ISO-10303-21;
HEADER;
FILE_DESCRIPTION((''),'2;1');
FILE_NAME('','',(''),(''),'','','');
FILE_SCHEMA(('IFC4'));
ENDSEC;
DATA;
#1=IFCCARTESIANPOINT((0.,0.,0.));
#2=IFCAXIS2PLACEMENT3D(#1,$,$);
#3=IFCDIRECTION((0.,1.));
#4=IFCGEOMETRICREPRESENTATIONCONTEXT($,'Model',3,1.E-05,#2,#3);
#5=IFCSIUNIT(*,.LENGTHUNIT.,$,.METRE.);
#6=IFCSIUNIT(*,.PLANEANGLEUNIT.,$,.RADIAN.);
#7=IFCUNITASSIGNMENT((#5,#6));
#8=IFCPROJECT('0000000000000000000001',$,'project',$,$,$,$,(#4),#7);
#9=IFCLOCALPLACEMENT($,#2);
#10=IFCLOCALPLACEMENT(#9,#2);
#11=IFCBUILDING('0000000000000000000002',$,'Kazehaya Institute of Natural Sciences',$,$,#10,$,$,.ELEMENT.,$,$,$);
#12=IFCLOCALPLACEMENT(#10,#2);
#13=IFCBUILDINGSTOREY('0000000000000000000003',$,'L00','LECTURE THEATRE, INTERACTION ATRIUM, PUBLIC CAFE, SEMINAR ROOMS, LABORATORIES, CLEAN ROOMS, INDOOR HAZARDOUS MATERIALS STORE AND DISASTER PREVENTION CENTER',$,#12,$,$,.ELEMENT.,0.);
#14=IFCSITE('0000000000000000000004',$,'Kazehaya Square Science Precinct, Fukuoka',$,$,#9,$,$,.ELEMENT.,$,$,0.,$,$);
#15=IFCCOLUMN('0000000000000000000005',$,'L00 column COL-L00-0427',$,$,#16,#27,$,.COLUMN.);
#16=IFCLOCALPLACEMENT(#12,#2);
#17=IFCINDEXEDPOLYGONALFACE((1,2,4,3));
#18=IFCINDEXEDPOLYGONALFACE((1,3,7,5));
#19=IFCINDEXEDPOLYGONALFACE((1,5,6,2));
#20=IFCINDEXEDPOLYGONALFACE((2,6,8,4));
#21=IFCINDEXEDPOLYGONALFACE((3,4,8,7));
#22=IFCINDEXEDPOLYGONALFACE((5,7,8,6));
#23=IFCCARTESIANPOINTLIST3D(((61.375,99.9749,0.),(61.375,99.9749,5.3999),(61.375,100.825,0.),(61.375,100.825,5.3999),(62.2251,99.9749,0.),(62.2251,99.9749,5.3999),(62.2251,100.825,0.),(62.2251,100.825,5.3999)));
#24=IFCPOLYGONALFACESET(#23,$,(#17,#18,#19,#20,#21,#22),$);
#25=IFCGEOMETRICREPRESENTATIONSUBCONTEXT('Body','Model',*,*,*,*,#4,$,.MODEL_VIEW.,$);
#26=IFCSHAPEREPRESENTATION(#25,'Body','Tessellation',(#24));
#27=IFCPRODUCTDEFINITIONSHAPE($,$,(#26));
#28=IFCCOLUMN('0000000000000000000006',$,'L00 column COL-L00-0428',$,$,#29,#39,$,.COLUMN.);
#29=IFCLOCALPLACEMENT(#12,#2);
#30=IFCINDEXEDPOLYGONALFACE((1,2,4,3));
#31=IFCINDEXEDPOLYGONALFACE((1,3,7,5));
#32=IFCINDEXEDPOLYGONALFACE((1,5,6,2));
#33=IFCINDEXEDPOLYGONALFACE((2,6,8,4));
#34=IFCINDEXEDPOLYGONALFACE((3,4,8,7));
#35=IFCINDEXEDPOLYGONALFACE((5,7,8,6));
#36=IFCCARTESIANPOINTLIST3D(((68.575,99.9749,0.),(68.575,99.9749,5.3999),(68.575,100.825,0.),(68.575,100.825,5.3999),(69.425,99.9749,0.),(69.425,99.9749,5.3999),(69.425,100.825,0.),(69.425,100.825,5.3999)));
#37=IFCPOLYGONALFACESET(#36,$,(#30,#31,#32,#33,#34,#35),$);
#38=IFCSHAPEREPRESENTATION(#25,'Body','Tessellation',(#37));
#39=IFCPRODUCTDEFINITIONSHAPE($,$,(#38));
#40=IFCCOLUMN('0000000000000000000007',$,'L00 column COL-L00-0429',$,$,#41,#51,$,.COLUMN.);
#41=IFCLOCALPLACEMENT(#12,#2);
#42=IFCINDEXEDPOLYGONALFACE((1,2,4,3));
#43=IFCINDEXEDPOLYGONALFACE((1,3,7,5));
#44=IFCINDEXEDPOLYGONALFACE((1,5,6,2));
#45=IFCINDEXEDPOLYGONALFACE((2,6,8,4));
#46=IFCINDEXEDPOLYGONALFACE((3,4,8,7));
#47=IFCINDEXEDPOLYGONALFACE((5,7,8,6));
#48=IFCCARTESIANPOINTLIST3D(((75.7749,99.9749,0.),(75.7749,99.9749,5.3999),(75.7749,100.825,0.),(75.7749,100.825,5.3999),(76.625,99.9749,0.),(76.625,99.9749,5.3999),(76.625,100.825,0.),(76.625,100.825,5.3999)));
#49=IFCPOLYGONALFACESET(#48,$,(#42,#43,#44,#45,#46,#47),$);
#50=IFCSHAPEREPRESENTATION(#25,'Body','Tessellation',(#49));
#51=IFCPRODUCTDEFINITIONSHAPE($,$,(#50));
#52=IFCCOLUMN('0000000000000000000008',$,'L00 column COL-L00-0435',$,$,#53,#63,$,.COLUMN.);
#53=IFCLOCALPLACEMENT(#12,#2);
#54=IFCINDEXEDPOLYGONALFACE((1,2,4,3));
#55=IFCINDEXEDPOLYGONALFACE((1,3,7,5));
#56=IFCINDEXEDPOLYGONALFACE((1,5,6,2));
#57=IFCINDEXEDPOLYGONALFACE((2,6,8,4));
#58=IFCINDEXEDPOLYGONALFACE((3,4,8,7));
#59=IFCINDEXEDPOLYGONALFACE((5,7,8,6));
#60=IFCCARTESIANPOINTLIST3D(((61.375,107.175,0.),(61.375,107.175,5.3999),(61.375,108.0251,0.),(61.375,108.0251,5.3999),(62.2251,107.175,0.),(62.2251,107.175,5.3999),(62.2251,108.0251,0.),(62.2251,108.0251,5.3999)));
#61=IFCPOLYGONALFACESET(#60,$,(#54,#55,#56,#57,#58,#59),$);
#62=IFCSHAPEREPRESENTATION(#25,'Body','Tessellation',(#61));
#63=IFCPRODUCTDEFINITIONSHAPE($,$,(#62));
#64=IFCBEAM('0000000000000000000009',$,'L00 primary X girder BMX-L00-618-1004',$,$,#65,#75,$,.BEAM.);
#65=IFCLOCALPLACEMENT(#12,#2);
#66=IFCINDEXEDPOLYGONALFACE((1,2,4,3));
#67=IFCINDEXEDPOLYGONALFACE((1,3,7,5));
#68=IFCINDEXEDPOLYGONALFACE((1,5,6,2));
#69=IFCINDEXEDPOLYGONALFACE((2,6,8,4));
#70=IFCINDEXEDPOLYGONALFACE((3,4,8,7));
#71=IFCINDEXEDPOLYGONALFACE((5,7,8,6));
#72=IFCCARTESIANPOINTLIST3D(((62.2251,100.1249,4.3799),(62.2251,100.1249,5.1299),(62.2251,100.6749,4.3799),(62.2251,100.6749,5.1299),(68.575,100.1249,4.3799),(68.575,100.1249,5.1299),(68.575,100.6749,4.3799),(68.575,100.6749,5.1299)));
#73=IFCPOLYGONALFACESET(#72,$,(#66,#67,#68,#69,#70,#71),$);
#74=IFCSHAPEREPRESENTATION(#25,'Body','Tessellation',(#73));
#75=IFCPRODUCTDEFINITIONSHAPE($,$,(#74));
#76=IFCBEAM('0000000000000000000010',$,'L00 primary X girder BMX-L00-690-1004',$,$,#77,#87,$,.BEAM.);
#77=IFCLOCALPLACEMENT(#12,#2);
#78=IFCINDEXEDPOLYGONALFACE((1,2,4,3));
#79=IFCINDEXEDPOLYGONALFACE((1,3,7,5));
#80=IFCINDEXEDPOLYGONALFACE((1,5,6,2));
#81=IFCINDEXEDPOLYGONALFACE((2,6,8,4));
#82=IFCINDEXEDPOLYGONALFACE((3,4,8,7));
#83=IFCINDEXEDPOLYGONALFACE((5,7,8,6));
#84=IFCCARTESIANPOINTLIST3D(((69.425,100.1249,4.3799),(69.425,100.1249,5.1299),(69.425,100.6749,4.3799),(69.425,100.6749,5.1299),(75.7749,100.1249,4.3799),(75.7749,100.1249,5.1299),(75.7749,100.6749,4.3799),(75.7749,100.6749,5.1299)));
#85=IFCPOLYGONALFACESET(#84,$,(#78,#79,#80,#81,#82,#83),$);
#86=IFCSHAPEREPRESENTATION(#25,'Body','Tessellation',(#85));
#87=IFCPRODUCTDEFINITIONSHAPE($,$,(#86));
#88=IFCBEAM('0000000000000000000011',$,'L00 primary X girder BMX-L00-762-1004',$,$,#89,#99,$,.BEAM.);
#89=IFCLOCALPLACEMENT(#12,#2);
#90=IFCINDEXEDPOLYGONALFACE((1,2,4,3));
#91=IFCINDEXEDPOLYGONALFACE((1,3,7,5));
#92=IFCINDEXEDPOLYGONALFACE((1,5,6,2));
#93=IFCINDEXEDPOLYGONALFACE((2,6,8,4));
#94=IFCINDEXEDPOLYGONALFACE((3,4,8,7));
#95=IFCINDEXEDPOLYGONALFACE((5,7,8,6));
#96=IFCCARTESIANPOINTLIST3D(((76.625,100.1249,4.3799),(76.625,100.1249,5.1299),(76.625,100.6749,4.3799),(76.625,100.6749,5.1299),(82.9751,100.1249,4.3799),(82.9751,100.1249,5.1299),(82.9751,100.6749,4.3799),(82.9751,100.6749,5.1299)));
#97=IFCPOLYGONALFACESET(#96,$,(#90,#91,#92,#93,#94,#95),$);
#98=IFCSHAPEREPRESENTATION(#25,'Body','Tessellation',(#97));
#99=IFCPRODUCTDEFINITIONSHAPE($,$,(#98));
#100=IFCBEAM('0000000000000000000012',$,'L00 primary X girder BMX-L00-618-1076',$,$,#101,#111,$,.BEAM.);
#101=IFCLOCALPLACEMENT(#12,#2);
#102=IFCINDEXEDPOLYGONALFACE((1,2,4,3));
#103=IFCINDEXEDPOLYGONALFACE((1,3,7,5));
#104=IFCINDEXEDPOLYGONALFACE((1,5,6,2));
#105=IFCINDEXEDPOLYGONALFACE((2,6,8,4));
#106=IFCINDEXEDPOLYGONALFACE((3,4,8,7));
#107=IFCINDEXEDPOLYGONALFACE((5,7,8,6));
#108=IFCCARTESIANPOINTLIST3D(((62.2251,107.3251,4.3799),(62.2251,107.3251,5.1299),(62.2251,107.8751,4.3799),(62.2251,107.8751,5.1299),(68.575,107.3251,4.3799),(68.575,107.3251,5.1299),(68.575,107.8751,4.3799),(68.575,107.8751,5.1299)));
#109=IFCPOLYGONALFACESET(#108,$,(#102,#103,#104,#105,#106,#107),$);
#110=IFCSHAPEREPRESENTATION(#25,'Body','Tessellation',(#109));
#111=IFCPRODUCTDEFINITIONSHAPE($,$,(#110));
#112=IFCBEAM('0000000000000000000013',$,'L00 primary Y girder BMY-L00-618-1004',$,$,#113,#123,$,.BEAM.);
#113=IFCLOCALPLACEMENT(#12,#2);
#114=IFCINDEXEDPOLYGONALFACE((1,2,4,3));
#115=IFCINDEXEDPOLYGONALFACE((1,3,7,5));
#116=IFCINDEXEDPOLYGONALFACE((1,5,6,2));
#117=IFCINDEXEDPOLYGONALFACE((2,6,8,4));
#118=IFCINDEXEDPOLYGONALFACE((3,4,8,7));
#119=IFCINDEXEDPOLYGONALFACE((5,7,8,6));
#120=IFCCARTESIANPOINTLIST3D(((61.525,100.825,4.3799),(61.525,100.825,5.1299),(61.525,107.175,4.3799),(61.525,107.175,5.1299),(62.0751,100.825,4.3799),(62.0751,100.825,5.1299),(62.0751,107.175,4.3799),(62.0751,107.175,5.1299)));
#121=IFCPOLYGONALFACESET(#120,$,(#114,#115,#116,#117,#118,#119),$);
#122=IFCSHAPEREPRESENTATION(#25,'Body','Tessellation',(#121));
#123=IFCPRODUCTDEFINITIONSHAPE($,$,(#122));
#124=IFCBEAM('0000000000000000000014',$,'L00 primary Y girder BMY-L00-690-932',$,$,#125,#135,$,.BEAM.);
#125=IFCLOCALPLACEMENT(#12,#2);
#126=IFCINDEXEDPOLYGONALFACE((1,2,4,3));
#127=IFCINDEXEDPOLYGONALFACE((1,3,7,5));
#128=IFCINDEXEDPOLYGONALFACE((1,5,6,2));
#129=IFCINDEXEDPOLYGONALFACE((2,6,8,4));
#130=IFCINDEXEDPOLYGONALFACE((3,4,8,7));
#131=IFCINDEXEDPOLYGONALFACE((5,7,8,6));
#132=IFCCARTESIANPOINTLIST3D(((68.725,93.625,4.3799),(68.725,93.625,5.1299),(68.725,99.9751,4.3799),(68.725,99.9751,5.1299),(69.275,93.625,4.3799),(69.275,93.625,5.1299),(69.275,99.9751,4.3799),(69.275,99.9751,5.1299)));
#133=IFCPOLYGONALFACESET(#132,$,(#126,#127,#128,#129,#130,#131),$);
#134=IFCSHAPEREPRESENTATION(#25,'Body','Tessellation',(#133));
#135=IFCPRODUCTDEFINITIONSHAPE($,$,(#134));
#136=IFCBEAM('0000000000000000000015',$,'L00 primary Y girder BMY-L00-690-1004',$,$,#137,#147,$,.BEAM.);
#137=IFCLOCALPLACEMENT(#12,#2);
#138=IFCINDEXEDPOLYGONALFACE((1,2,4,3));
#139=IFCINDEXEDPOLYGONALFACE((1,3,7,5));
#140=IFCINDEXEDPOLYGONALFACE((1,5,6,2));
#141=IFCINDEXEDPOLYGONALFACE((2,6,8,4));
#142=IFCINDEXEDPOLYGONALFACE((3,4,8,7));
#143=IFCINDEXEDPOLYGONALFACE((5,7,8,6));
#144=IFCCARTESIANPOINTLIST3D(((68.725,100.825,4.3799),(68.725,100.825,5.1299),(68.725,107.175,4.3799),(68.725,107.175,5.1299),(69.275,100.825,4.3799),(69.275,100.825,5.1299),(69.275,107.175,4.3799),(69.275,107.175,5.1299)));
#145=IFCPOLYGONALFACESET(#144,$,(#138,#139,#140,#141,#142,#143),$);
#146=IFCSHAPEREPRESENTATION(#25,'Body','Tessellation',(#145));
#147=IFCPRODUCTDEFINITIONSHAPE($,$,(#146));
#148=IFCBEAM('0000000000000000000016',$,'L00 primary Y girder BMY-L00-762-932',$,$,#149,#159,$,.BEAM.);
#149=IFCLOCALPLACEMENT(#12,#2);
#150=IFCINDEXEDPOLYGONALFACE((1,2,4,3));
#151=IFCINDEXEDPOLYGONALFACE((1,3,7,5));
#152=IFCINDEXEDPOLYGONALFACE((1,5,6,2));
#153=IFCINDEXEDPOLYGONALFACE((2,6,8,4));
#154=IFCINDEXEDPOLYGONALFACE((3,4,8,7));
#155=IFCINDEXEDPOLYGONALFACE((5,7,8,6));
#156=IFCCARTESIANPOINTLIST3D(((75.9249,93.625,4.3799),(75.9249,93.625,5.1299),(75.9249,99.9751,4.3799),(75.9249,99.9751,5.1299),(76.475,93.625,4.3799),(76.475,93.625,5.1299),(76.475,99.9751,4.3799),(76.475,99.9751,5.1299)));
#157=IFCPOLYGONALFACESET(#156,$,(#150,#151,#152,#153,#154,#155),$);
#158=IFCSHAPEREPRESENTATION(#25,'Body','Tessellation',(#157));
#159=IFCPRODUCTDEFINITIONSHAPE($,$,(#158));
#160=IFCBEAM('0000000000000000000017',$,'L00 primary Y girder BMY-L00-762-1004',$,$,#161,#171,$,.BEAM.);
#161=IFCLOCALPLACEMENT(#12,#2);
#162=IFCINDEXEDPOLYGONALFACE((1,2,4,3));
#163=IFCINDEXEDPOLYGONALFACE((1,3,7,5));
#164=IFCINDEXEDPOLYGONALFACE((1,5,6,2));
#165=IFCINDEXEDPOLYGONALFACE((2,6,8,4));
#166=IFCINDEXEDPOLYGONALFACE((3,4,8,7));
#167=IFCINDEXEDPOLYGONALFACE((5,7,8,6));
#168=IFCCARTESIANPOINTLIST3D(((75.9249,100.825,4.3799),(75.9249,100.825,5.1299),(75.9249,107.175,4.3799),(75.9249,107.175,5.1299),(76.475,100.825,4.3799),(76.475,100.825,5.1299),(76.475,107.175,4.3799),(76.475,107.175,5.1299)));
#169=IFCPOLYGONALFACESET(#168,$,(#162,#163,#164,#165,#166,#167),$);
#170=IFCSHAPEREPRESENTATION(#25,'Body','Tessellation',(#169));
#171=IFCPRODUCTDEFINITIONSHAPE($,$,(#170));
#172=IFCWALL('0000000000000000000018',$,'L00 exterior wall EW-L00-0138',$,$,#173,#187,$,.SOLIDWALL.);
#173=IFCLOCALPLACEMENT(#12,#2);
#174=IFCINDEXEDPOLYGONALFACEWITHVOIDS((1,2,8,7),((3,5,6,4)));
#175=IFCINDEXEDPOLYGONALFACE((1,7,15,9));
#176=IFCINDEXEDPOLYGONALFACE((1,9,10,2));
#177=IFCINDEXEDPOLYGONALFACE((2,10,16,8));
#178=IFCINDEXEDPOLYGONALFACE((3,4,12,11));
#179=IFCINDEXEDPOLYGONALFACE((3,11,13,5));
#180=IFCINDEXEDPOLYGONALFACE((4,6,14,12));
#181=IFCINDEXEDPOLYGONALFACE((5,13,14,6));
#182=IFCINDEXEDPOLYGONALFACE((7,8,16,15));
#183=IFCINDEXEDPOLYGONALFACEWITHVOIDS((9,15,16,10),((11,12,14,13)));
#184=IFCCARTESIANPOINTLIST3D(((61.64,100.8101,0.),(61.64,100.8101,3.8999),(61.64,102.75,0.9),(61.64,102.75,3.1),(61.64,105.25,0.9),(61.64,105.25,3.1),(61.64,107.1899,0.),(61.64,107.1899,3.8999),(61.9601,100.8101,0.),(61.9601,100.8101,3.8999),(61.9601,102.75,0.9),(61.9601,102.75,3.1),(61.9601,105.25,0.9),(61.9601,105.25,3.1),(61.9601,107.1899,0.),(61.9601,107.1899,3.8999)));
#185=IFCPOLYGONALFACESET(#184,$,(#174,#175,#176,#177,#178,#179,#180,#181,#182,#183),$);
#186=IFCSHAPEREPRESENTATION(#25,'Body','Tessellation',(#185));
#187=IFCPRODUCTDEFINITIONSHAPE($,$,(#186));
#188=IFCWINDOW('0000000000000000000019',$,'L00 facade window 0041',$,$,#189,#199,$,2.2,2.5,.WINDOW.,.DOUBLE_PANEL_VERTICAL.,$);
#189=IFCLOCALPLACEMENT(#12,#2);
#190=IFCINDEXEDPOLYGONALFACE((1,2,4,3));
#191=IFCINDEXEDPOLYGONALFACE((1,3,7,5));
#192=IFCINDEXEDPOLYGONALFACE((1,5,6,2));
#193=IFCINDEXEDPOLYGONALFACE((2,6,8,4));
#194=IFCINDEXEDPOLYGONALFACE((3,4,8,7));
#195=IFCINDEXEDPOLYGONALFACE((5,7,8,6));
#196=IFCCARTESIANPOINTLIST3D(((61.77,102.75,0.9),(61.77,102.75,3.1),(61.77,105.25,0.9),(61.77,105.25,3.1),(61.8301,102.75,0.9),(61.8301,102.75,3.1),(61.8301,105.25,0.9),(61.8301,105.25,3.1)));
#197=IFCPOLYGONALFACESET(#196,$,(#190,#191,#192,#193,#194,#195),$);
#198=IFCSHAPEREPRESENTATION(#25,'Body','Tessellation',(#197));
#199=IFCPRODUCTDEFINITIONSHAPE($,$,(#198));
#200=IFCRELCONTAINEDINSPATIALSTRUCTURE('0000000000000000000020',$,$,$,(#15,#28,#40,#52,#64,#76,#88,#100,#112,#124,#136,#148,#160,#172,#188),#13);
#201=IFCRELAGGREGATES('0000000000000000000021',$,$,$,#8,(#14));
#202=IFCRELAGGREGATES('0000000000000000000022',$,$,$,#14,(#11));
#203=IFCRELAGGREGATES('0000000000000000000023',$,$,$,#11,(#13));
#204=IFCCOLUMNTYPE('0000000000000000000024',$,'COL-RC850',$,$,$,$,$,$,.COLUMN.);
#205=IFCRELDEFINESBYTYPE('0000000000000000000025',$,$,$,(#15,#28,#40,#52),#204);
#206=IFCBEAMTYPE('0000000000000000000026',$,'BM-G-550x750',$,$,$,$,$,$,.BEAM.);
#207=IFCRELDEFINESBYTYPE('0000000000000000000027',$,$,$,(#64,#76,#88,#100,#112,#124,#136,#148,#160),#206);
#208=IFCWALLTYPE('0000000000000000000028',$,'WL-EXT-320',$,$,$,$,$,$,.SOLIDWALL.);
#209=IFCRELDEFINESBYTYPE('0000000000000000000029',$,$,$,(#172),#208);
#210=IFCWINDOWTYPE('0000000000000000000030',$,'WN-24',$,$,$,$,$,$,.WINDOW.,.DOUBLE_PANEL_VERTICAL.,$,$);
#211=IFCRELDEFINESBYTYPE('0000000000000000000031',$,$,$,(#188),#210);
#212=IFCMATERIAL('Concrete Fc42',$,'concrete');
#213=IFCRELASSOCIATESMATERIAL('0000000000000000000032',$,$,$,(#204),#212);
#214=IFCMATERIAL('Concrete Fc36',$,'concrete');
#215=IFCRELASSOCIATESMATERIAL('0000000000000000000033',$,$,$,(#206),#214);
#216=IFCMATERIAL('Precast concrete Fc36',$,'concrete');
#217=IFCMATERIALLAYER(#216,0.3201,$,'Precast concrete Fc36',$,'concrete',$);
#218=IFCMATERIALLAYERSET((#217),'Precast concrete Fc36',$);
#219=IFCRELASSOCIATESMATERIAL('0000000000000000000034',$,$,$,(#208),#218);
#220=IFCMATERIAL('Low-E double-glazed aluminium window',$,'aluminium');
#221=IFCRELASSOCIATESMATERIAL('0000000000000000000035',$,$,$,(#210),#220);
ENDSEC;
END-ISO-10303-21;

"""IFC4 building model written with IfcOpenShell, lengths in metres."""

from ifc_helpers import new_model, si_unit, direction, frame, frame_2d, origin, origin_2d, place, context, subcontext, project, spatial, rectangle, extrude, material, layer, layer_set, material_profile, profile_set, type_object, element, fill, save


model = new_model("IFC4")

# Units and contexts
model_context = context("Model", 3, precision=1e-05, world=origin(), true_north=direction((0.0, 1.0)))
body_context = subcontext(model_context, "Body", "Model", "MODEL_VIEW")
ifc_project = project(units=[si_unit("LENGTHUNIT", "METRE"), si_unit("PLANEANGLEUNIT", "RADIAN")], contexts=[model_context])

# Site, building, storey
site_placement = place(None, origin())
site = spatial("IfcSite", under=ifc_project, at=site_placement, Name="Kazehaya Square Science Precinct, Fukuoka", CompositionType="ELEMENT", RefElevation=0.0)
building_placement = place(site_placement, origin())
building = spatial("IfcBuilding", under=site, at=building_placement, Name="Kazehaya Institute of Natural Sciences", CompositionType="ELEMENT")
storey_placement = place(building_placement, origin())
storey = spatial("IfcBuildingStorey", under=building, at=storey_placement, Name="L00", Description="LECTURE THEATRE, INTERACTION ATRIUM, PUBLIC CAFE, SEMINAR ROOMS, LABORATORIES, CLEAN ROOMS, INDOOR HAZARDOUS MATERIALS STORE AND DISASTER PREVENTION CENTER", CompositionType="ELEMENT", Elevation=0.0)

# Columns
ifc_material_1 = material(Name="Concrete Fc42", Category="concrete")
ifc_material_profile_1 = material_profile(ifc_material_1, rectangle(XDim=0.8501, YDim=0.8501, at=origin_2d()), Name="RC-850x850")
ifc_profile_set_1 = profile_set([ifc_material_profile_1], Name="Concrete Fc42")
column_type = type_object("IfcColumnType", Name="COL-RC850", PredefinedType="COLUMN", material=ifc_profile_set_1)
for number, where, z_axis, x_axis, name in (
    (1, (61.8, 100.3999, 0.0), (0.0, 0.0, 1.0), (1.0, 0.0, 0.0), "L00 column COL-L00-0427"),
    (2, (69.0, 100.3999, 0.0), (0.0, 0.0, 1.0), (1.0, 0.0, 0.0), "L00 column COL-L00-0428"),
    (3, (76.2, 100.3999, 0.0), (0.0, 0.0, 1.0), (1.0, 0.0, 0.0), "L00 column COL-L00-0429"),
    (4, (61.8, 107.6001, 0.0), (0.0, 0.0, 1.0), (1.0, 0.0, 0.0), "L00 column COL-L00-0435"),
):
    element("IfcColumn", number, at=place(storey_placement, frame(where, z_axis=z_axis, x_axis=x_axis)), inside=storey, type_object=column_type, Name=name, PredefinedType="COLUMN", context=body_context, shape_type="SweptSolid", body=[
        extrude(rectangle(XDim=0.8501, YDim=0.8501, at=origin_2d()), origin(), (0.0, 0.0, 1.0), 5.3999),
    ])

# Beams
ifc_material_2 = material(Name="Concrete Fc36", Category="concrete")
ifc_material_profile_2 = material_profile(ifc_material_2, rectangle(XDim=0.55, YDim=0.75, at=origin_2d()), Name="RC-550x750")
ifc_profile_set_2 = profile_set([ifc_material_profile_2], Name="Concrete Fc36")
beam_type = type_object("IfcBeamType", Name="BM-G-550x750", PredefinedType="BEAM", material=ifc_profile_set_2)
for number, where, z_axis, x_axis, name in (
    (5, (62.2251, 100.3999, 4.7549), (1.0, 0.0, 0.0), (0.0, 1.0, 0.0), "L00 primary X girder BMX-L00-618-1004"),
    (6, (69.425, 100.3999, 4.7549), (1.0, 0.0, 0.0), (0.0, 1.0, 0.0), "L00 primary X girder BMX-L00-690-1004"),
):
    element("IfcBeam", number, at=place(storey_placement, frame(where, z_axis=z_axis, x_axis=x_axis)), inside=storey, type_object=beam_type, Name=name, PredefinedType="BEAM", context=body_context, shape_type="SweptSolid", body=[
        extrude(rectangle(XDim=0.55, YDim=0.75, at=origin_2d()), origin(), (0.0, 0.0, 1.0), 6.3499),
    ])
beam_1_placement = place(storey_placement, frame((76.625, 100.3999, 4.7549), z_axis=(1.0, 0.0, 0.0), x_axis=(0.0, 1.0, 0.0)))
element("IfcBeam", 7, at=beam_1_placement, inside=storey, type_object=beam_type, Name="L00 primary X girder BMX-L00-762-1004", PredefinedType="BEAM", context=body_context, shape_type="SweptSolid", body=[
    extrude(rectangle(XDim=0.55, YDim=0.75, at=origin_2d()), origin(), (0.0, 0.0, 1.0), 6.3501),
])
beam_2_placement = place(storey_placement, frame((62.2251, 107.6001, 4.7549), z_axis=(1.0, 0.0, 0.0), x_axis=(0.0, 1.0, 0.0)))
element("IfcBeam", 8, at=beam_2_placement, inside=storey, type_object=beam_type, Name="L00 primary X girder BMX-L00-618-1076", PredefinedType="BEAM", context=body_context, shape_type="SweptSolid", body=[
    extrude(rectangle(XDim=0.55, YDim=0.75, at=origin_2d()), origin(), (0.0, 0.0, 1.0), 6.3499),
])
for number, where, z_axis, x_axis, name in (
    (9, (61.8, 100.825, 4.7549), (0.0, 1.0, 0.0), (-1.0, 0.0, 0.0), "L00 primary Y girder BMY-L00-618-1004"),
    (10, (69.0, 93.625, 4.7549), (0.0, 1.0, 0.0), (-1.0, 0.0, 0.0), "L00 primary Y girder BMY-L00-690-932"),
    (11, (69.0, 100.825, 4.7549), (0.0, 1.0, 0.0), (-1.0, 0.0, 0.0), "L00 primary Y girder BMY-L00-690-1004"),
    (12, (76.2, 93.625, 4.7549), (0.0, 1.0, 0.0), (-1.0, 0.0, 0.0), "L00 primary Y girder BMY-L00-762-932"),
    (13, (76.2, 100.825, 4.7549), (0.0, 1.0, 0.0), (-1.0, 0.0, 0.0), "L00 primary Y girder BMY-L00-762-1004"),
):
    element("IfcBeam", number, at=place(storey_placement, frame(where, z_axis=z_axis, x_axis=x_axis)), inside=storey, type_object=beam_type, Name=name, PredefinedType="BEAM", context=body_context, shape_type="SweptSolid", body=[
        extrude(rectangle(XDim=0.55, YDim=0.75, at=origin_2d()), origin(), (0.0, 0.0, 1.0), 6.3501),
    ])

# Wall, opening, window
ifc_material_3 = material(Name="Precast concrete Fc36", Category="concrete")
ifc_layer_1 = layer(ifc_material_3, 0.3201, Name="Precast concrete Fc36", Category="concrete")
ifc_layer_set_1 = layer_set([ifc_layer_1], Name="Precast concrete Fc36")
wall_type = type_object("IfcWallType", Name="WL-EXT-320", PredefinedType="SOLIDWALL", material=ifc_layer_set_1)
wall_placement = place(storey_placement, frame((61.8, 100.8101, 0.0), z_axis=(0.0, 0.0, 1.0), x_axis=(0.0, 1.0, 0.0)))
wall = element("IfcWall", 14, at=wall_placement, inside=storey, type_object=wall_type, Name="L00 exterior wall EW-L00-0138", PredefinedType="SOLIDWALL", context=body_context, shape_type="SweptSolid", body=[
    extrude(rectangle(XDim=6.3799, YDim=0.3201, at=frame_2d((3.1899, 0.0))), origin(), (0.0, 0.0, 1.0), 3.8999),
])
opening_placement = place(wall_placement, frame((1.9399, 0.0, 0.8999)))
opening = element("IfcOpeningElement", 15, at=opening_placement, cuts=wall, PredefinedType="OPENING", context=body_context, shape_type="SweptSolid", body=[
    extrude(rectangle(XDim=2.5, YDim=2.2, at=frame_2d((1.25, 1.1001))), frame((0.0, 0.1699, 0.0), z_axis=(0.0, -1.0, 0.0), x_axis=(1.0, 0.0, 0.0)), (0.0, 0.0, 1.0), 0.3401),
])
ifc_material_4 = material(Name="Low-E double-glazed aluminium window", Category="aluminium")
window_type = type_object("IfcWindowType", Name="WN-24", PartitioningType="DOUBLE_PANEL_VERTICAL", PredefinedType="WINDOW", material=ifc_material_4)
window_placement = place(opening_placement, origin())
window = element("IfcWindow", 16, at=window_placement, inside=storey, type_object=window_type, Name="L00 facade window 0041", OverallHeight=2.2, OverallWidth=2.5, PartitioningType="DOUBLE_PANEL_VERTICAL", PredefinedType="WINDOW", context=body_context, shape_type="SweptSolid", body=[
    extrude(rectangle(XDim=2.5, YDim=2.2, at=frame_2d((1.25, 1.1001))), frame((0.0, 0.03, 0.0), z_axis=(0.0, -1.0, 0.0), x_axis=(1.0, 0.0, 0.0)), (0.0, 0.0, 1.0), 0.0601),
])
fill(opening, window)

save(model, "model.ifc")
